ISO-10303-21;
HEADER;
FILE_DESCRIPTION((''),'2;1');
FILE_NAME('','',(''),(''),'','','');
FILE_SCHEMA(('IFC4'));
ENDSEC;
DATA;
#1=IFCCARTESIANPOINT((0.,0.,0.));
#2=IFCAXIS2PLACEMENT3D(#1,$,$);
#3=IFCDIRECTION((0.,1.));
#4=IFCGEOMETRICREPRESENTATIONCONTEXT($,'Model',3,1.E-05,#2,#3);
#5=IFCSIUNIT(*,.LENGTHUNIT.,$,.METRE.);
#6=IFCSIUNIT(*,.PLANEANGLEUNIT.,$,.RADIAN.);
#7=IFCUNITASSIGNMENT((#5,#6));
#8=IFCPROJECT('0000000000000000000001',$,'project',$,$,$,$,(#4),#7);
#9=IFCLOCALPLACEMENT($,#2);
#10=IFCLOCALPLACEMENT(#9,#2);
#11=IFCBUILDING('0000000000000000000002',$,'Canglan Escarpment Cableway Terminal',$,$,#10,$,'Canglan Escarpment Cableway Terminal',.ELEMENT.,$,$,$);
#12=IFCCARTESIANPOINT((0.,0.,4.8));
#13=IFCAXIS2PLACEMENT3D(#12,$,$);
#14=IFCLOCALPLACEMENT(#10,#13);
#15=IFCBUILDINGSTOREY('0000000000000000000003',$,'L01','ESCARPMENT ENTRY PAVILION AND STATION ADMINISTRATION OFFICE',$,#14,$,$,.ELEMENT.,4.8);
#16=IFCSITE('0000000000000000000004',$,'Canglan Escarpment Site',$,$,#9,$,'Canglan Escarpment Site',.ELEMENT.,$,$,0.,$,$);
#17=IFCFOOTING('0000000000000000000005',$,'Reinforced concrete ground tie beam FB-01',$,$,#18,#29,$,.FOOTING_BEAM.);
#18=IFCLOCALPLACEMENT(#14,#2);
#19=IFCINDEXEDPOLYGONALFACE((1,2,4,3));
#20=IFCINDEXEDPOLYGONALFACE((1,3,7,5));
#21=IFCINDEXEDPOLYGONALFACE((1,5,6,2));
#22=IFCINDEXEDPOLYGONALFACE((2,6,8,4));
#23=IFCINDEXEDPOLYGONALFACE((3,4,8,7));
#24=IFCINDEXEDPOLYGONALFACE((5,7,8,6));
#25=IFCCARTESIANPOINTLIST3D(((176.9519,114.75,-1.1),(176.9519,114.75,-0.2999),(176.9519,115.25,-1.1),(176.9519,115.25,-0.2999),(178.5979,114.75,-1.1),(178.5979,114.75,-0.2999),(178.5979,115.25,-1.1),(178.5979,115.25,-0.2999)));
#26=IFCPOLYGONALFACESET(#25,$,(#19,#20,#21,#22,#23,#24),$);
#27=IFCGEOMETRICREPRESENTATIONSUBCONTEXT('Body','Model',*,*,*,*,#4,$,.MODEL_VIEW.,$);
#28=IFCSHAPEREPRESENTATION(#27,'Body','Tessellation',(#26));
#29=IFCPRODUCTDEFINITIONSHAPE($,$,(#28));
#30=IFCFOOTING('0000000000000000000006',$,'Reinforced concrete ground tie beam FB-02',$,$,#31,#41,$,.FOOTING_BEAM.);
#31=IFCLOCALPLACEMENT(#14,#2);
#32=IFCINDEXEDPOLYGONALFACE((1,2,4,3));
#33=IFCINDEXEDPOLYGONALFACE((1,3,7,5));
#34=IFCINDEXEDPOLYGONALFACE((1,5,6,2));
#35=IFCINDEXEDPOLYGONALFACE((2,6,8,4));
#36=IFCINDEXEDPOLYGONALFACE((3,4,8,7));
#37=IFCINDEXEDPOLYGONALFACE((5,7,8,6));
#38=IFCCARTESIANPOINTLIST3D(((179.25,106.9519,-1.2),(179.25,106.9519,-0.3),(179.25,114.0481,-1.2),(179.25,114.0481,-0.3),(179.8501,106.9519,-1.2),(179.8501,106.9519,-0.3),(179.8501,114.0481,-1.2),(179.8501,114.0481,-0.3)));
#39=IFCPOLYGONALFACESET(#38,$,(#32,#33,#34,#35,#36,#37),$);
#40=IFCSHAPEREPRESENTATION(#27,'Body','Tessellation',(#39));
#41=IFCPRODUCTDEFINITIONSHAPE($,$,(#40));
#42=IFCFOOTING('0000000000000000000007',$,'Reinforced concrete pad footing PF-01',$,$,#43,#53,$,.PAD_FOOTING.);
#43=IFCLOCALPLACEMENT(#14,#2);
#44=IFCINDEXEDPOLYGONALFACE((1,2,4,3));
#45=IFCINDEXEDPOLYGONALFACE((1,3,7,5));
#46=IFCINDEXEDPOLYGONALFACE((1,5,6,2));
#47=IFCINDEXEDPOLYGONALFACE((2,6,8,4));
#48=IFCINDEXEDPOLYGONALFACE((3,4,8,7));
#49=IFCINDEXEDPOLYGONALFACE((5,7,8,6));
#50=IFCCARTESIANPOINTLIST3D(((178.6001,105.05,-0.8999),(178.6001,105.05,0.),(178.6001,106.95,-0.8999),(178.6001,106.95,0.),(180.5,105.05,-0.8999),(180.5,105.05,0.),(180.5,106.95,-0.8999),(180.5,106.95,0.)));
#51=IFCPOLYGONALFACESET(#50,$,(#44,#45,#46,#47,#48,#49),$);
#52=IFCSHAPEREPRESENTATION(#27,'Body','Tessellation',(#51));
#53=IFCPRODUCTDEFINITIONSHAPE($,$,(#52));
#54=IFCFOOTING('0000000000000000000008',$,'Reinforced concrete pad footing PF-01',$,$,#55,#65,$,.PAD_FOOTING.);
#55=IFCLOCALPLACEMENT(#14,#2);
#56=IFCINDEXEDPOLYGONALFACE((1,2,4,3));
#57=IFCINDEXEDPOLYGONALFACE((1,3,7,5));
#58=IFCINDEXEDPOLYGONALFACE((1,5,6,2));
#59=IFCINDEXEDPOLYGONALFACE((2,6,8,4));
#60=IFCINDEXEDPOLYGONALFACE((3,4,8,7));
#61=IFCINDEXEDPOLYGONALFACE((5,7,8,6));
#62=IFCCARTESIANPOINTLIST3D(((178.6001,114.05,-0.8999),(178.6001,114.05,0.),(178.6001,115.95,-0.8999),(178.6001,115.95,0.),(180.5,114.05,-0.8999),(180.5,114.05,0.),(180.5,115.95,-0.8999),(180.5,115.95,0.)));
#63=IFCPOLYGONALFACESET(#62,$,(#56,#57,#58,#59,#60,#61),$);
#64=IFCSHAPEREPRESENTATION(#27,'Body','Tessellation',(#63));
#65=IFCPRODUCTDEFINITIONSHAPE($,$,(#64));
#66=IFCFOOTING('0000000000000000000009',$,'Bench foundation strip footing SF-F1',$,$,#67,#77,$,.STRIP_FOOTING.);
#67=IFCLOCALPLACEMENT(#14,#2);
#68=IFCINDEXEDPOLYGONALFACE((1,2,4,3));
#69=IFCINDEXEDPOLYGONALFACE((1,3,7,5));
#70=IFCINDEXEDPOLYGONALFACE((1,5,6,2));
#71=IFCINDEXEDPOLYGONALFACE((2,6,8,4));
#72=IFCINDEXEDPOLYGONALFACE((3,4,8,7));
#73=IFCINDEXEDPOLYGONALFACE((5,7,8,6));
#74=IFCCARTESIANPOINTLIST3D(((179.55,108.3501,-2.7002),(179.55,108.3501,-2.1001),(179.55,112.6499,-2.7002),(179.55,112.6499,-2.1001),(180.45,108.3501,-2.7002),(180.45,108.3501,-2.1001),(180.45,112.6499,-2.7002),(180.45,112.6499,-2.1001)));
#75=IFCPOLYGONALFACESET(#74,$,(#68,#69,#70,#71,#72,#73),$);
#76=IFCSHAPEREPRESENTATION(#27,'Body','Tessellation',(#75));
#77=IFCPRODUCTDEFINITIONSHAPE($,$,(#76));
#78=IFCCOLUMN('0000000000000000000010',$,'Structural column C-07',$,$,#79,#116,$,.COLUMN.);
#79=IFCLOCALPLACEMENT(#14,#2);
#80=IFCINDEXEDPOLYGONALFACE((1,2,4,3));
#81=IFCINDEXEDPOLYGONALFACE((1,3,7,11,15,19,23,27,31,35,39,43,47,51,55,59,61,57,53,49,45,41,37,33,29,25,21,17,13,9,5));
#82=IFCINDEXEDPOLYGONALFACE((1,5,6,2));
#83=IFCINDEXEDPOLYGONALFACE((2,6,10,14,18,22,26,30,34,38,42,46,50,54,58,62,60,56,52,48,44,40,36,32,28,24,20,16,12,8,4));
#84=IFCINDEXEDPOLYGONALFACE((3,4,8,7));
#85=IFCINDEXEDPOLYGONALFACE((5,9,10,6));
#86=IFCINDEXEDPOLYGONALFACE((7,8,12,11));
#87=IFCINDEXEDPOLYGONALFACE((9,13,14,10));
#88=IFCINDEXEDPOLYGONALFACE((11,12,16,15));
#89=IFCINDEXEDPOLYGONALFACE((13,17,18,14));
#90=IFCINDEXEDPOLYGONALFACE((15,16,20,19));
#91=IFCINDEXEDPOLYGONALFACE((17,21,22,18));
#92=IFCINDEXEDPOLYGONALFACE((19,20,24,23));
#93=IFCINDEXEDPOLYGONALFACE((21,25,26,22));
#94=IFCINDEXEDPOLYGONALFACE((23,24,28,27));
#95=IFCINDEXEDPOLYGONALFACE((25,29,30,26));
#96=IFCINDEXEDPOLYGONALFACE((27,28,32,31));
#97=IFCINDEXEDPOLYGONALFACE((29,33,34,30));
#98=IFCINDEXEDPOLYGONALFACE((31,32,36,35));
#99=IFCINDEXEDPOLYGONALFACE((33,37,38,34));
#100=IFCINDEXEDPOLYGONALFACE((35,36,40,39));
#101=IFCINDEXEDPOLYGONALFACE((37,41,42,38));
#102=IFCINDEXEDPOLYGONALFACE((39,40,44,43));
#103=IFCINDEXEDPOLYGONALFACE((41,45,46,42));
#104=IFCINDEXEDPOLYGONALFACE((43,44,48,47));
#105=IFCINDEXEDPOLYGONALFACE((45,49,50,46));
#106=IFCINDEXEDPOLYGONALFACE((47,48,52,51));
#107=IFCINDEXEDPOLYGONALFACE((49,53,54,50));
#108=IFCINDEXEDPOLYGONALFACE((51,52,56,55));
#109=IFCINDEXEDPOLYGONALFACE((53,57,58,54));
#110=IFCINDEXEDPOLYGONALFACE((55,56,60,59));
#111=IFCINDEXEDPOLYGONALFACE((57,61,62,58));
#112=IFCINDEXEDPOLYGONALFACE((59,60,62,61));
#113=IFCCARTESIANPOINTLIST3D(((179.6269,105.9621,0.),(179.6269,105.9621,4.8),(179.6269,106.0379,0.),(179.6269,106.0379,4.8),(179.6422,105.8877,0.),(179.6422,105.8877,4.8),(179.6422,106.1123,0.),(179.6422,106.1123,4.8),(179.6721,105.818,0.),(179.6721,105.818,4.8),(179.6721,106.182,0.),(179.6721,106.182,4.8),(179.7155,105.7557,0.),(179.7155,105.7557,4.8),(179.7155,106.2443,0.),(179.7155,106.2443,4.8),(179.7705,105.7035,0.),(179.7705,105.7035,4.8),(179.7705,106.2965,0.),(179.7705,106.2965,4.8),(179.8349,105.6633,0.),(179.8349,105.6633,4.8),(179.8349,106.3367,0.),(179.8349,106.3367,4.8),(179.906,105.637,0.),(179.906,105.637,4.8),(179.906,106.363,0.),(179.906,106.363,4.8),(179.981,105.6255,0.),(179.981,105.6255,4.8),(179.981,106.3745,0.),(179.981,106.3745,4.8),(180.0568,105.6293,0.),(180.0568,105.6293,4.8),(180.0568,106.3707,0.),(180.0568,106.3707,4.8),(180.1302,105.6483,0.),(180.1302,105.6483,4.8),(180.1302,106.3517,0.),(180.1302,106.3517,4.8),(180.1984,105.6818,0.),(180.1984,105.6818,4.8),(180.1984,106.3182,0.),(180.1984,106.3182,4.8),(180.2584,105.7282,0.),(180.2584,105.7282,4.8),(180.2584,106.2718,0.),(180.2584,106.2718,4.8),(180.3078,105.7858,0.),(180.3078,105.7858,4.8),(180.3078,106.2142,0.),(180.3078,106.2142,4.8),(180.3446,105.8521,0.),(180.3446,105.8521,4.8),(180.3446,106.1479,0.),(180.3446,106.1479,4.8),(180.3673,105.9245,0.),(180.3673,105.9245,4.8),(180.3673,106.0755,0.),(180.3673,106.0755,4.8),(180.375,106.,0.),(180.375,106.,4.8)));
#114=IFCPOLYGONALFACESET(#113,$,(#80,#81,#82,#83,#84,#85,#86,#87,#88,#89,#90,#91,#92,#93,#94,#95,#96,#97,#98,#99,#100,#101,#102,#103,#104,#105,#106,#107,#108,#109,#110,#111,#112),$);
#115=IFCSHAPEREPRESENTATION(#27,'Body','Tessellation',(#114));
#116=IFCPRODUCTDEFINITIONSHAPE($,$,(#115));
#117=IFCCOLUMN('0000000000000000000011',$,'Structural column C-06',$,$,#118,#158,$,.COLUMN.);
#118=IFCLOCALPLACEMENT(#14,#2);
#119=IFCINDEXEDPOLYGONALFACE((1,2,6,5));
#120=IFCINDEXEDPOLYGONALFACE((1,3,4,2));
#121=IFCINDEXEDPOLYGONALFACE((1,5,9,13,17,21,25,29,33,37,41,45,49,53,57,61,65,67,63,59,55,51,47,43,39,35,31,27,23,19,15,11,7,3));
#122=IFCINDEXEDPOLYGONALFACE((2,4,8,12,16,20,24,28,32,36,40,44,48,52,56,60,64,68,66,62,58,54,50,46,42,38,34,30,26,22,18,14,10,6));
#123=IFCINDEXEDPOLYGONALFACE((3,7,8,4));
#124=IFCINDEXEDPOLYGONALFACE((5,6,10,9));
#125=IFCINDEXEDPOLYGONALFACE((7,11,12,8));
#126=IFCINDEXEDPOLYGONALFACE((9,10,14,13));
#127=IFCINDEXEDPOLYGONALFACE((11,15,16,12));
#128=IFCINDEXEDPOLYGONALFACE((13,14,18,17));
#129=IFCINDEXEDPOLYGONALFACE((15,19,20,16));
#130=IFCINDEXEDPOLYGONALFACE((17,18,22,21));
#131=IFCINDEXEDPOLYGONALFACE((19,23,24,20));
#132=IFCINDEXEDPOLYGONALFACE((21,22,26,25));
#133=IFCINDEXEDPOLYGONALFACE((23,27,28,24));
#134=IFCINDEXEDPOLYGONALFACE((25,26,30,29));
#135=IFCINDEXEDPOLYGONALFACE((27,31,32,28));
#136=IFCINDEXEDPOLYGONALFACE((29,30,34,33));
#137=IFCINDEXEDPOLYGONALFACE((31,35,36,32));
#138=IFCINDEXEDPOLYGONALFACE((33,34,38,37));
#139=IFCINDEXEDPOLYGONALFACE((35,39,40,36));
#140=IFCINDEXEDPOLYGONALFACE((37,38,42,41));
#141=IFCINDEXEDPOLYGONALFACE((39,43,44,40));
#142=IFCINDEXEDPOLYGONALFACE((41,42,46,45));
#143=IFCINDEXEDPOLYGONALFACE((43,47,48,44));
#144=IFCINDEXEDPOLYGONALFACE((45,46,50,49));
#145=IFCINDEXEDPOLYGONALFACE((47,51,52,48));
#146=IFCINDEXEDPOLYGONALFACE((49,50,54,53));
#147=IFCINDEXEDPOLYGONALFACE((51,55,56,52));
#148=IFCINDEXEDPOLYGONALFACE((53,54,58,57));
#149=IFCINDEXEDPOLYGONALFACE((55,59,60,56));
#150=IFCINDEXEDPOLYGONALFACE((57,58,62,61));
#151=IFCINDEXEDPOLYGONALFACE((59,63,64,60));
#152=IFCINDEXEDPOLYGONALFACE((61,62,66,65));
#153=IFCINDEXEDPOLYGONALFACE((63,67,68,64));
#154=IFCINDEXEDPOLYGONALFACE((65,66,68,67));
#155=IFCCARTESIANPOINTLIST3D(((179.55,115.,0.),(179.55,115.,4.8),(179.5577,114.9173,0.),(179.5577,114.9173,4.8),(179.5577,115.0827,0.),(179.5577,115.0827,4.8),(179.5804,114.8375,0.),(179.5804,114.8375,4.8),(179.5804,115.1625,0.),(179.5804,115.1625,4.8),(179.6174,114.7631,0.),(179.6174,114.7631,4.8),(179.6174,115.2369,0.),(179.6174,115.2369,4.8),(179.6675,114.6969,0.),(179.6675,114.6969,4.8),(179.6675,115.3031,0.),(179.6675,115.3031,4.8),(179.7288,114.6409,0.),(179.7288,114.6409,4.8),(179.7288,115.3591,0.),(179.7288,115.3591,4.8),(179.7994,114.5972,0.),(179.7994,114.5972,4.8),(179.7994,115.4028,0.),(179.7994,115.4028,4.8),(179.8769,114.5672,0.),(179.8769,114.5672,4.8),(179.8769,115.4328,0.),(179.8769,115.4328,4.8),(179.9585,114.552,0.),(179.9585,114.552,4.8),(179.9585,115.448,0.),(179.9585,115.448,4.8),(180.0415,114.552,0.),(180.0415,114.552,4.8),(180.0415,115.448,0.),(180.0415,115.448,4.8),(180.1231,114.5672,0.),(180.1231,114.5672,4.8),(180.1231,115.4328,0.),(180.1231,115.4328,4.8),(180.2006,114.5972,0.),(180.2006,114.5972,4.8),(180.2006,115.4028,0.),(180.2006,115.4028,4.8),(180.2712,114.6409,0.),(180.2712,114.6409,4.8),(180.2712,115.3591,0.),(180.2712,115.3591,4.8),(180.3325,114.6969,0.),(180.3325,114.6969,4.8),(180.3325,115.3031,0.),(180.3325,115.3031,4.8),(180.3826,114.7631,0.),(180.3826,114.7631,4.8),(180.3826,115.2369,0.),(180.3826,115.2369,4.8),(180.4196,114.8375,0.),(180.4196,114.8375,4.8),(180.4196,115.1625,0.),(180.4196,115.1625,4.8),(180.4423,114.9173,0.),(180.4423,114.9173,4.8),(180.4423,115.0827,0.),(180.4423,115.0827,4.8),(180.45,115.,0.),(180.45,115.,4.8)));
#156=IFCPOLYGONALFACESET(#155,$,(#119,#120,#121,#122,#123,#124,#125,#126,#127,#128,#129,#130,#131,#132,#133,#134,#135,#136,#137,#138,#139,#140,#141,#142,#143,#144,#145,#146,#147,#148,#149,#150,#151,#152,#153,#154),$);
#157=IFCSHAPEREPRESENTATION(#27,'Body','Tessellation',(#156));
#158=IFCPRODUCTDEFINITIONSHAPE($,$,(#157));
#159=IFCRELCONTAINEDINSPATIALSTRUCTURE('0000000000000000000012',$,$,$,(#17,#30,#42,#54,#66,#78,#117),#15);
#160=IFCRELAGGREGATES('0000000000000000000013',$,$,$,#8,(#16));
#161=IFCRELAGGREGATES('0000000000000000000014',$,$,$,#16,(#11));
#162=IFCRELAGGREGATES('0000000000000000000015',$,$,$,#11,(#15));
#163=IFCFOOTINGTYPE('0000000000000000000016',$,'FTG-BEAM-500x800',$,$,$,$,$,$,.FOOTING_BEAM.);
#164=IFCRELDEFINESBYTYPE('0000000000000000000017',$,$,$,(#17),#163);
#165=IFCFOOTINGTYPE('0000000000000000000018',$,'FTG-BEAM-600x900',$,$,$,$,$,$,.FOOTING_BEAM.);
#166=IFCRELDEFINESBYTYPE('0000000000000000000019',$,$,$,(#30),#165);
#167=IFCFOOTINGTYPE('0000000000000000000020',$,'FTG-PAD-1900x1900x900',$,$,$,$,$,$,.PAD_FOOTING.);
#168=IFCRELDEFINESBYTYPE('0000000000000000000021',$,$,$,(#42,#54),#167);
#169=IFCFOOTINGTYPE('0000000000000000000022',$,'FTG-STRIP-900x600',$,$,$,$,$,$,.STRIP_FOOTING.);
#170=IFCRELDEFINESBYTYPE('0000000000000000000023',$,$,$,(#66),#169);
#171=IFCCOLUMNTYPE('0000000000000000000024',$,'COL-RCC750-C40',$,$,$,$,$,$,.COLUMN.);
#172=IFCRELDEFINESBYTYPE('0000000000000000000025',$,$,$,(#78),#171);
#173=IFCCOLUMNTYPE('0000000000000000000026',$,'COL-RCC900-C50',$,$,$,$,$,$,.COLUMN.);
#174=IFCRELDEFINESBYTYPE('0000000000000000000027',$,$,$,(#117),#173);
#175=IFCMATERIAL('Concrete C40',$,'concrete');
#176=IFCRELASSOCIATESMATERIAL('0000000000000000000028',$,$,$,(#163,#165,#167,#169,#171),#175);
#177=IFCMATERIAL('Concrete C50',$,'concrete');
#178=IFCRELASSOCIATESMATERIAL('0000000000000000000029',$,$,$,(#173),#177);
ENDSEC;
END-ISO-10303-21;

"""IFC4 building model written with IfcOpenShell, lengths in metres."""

from ifc_helpers import new_model, si_unit, direction, frame, origin, origin_2d, place, context, subcontext, project, spatial, rectangle, circle, extrude, material, material_profile, profile_set, type_object, element, save


model = new_model("IFC4")

# Units and contexts
model_context = context("Model", 3, precision=1e-05, world=origin(), true_north=direction((0.0, 1.0)))
body_context = subcontext(model_context, "Body", "Model", "MODEL_VIEW")
ifc_project = project(units=[si_unit("LENGTHUNIT", "METRE"), si_unit("PLANEANGLEUNIT", "RADIAN")], contexts=[model_context])

# Site, building, storey
site_placement = place(None, origin())
site = spatial("IfcSite", under=ifc_project, at=site_placement, Name="Canglan Escarpment Site", LongName="Canglan Escarpment Site", CompositionType="ELEMENT", RefElevation=0.0)
building_placement = place(site_placement, origin())
building = spatial("IfcBuilding", under=site, at=building_placement, Name="Canglan Escarpment Cableway Terminal", LongName="Canglan Escarpment Cableway Terminal", CompositionType="ELEMENT")
storey_placement = place(building_placement, frame((0.0, 0.0, 4.8)))
storey = spatial("IfcBuildingStorey", under=building, at=storey_placement, Name="L01", Description="ESCARPMENT ENTRY PAVILION AND STATION ADMINISTRATION OFFICE", CompositionType="ELEMENT", Elevation=4.8)

# Footings
ifc_material_1 = material(Name="Concrete C40", Category="concrete")
ifc_material_profile_1 = material_profile(ifc_material_1, rectangle(XDim=0.5, YDim=0.8, at=origin_2d()), Name="FB 500x800")
ifc_profile_set_1 = profile_set([ifc_material_profile_1], Name="Concrete C40")
footing_type_1 = type_object("IfcFootingType", Name="FTG-BEAM-500x800", PredefinedType="FOOTING_BEAM", material=ifc_profile_set_1)
footing_1_placement = place(storey_placement, frame((176.9519, 115.0, -0.7), z_axis=(1.0, 0.0, 0.0), x_axis=(0.0, 1.0, 0.0)))
element("IfcFooting", 1, at=footing_1_placement, inside=storey, type_object=footing_type_1, Name="Reinforced concrete ground tie beam FB-01", PredefinedType="FOOTING_BEAM", context=body_context, shape_type="SweptSolid", body=[
    extrude(rectangle(XDim=0.5, YDim=0.8, at=origin_2d()), origin(), (0.0, 0.0, 1.0), 1.646),
])
ifc_material_profile_2 = material_profile(ifc_material_1, rectangle(XDim=0.6001, YDim=0.8999, at=origin_2d()), Name="FB 600x900")
ifc_profile_set_2 = profile_set([ifc_material_profile_2], Name="Concrete C40")
footing_type_2 = type_object("IfcFootingType", Name="FTG-BEAM-600x900", PredefinedType="FOOTING_BEAM", material=ifc_profile_set_2)
footing_2_placement = place(storey_placement, frame((179.55, 106.9519, -0.75), z_axis=(0.0, 1.0, 0.0), x_axis=(-1.0, 0.0, 0.0)))
element("IfcFooting", 2, at=footing_2_placement, inside=storey, type_object=footing_type_2, Name="Reinforced concrete ground tie beam FB-02", PredefinedType="FOOTING_BEAM", context=body_context, shape_type="SweptSolid", body=[
    extrude(rectangle(XDim=0.6001, YDim=0.8999, at=origin_2d()), origin(), (0.0, 0.0, 1.0), 7.0962),
])
footing_type_3 = type_object("IfcFootingType", Name="FTG-PAD-1900x1900x900", PredefinedType="PAD_FOOTING", material=ifc_material_1)
for number, where, z_axis, x_axis, name in (
    (3, (179.55, 106.0, -0.8999), (0.0, 0.0, 1.0), (1.0, 0.0, 0.0), "Reinforced concrete pad footing PF-01"),
    (4, (179.55, 115.0, -0.8999), (0.0, 0.0, 1.0), (1.0, 0.0, 0.0), "Reinforced concrete pad footing PF-01"),
):
    element("IfcFooting", number, at=place(storey_placement, frame(where, z_axis=z_axis, x_axis=x_axis)), inside=storey, type_object=footing_type_3, Name=name, PredefinedType="PAD_FOOTING", context=body_context, shape_type="SweptSolid", body=[
        extrude(rectangle(XDim=1.8999, YDim=1.8999, at=origin_2d()), origin(), (0.0, 0.0, 1.0), 0.8999),
    ])
ifc_material_profile_3 = material_profile(ifc_material_1, rectangle(XDim=0.8999, YDim=0.6001, at=origin_2d()), Name="SF 900x600")
ifc_profile_set_3 = profile_set([ifc_material_profile_3], Name="Concrete C40")
footing_type_4 = type_object("IfcFootingType", Name="FTG-STRIP-900x600", PredefinedType="STRIP_FOOTING", material=ifc_profile_set_3)
footing_3_placement = place(storey_placement, frame((180.0, 108.3501, -2.4001), z_axis=(0.0, 1.0, 0.0), x_axis=(-1.0, 0.0, 0.0)))
element("IfcFooting", 5, at=footing_3_placement, inside=storey, type_object=footing_type_4, Name="Bench foundation strip footing SF-F1", PredefinedType="STRIP_FOOTING", context=body_context, shape_type="SweptSolid", body=[
    extrude(rectangle(XDim=0.8999, YDim=0.6001, at=origin_2d()), origin(), (0.0, 0.0, 1.0), 4.2998),
])

# Columns
ifc_material_profile_4 = material_profile(ifc_material_1, circle(Radius=0.375, at=origin_2d()), Name="RC-CIRC D750")
ifc_profile_set_4 = profile_set([ifc_material_profile_4], Name="Concrete C40")
column_type_1 = type_object("IfcColumnType", Name="COL-RCC750-C40", PredefinedType="COLUMN", material=ifc_profile_set_4)
column_1_placement = place(storey_placement, frame((180.0, 106.0, 0.0), z_axis=(0.0, 0.0, 1.0), x_axis=(1.0, 0.0, 0.0)))
element("IfcColumn", 6, at=column_1_placement, inside=storey, type_object=column_type_1, Name="Structural column C-07", PredefinedType="COLUMN", context=body_context, shape_type="SweptSolid", body=[
    extrude(circle(Radius=0.375, at=origin_2d()), origin(), (0.0, 0.0, 1.0), 4.8),
])
ifc_material_2 = material(Name="Concrete C50", Category="concrete")
ifc_material_profile_5 = material_profile(ifc_material_2, circle(Radius=0.45, at=origin_2d()), Name="RC-CIRC D900")
ifc_profile_set_5 = profile_set([ifc_material_profile_5], Name="Concrete C50")
column_type_2 = type_object("IfcColumnType", Name="COL-RCC900-C50", PredefinedType="COLUMN", material=ifc_profile_set_5)
column_2_placement = place(storey_placement, frame((180.0, 115.0, 0.0), z_axis=(0.0, 0.0, 1.0), x_axis=(1.0, 0.0, 0.0)))
element("IfcColumn", 7, at=column_2_placement, inside=storey, type_object=column_type_2, Name="Structural column C-06", PredefinedType="COLUMN", context=body_context, shape_type="SweptSolid", body=[
    extrude(circle(Radius=0.45, at=origin_2d()), origin(), (0.0, 0.0, 1.0), 4.8),
])

save(model, "model.ifc")
